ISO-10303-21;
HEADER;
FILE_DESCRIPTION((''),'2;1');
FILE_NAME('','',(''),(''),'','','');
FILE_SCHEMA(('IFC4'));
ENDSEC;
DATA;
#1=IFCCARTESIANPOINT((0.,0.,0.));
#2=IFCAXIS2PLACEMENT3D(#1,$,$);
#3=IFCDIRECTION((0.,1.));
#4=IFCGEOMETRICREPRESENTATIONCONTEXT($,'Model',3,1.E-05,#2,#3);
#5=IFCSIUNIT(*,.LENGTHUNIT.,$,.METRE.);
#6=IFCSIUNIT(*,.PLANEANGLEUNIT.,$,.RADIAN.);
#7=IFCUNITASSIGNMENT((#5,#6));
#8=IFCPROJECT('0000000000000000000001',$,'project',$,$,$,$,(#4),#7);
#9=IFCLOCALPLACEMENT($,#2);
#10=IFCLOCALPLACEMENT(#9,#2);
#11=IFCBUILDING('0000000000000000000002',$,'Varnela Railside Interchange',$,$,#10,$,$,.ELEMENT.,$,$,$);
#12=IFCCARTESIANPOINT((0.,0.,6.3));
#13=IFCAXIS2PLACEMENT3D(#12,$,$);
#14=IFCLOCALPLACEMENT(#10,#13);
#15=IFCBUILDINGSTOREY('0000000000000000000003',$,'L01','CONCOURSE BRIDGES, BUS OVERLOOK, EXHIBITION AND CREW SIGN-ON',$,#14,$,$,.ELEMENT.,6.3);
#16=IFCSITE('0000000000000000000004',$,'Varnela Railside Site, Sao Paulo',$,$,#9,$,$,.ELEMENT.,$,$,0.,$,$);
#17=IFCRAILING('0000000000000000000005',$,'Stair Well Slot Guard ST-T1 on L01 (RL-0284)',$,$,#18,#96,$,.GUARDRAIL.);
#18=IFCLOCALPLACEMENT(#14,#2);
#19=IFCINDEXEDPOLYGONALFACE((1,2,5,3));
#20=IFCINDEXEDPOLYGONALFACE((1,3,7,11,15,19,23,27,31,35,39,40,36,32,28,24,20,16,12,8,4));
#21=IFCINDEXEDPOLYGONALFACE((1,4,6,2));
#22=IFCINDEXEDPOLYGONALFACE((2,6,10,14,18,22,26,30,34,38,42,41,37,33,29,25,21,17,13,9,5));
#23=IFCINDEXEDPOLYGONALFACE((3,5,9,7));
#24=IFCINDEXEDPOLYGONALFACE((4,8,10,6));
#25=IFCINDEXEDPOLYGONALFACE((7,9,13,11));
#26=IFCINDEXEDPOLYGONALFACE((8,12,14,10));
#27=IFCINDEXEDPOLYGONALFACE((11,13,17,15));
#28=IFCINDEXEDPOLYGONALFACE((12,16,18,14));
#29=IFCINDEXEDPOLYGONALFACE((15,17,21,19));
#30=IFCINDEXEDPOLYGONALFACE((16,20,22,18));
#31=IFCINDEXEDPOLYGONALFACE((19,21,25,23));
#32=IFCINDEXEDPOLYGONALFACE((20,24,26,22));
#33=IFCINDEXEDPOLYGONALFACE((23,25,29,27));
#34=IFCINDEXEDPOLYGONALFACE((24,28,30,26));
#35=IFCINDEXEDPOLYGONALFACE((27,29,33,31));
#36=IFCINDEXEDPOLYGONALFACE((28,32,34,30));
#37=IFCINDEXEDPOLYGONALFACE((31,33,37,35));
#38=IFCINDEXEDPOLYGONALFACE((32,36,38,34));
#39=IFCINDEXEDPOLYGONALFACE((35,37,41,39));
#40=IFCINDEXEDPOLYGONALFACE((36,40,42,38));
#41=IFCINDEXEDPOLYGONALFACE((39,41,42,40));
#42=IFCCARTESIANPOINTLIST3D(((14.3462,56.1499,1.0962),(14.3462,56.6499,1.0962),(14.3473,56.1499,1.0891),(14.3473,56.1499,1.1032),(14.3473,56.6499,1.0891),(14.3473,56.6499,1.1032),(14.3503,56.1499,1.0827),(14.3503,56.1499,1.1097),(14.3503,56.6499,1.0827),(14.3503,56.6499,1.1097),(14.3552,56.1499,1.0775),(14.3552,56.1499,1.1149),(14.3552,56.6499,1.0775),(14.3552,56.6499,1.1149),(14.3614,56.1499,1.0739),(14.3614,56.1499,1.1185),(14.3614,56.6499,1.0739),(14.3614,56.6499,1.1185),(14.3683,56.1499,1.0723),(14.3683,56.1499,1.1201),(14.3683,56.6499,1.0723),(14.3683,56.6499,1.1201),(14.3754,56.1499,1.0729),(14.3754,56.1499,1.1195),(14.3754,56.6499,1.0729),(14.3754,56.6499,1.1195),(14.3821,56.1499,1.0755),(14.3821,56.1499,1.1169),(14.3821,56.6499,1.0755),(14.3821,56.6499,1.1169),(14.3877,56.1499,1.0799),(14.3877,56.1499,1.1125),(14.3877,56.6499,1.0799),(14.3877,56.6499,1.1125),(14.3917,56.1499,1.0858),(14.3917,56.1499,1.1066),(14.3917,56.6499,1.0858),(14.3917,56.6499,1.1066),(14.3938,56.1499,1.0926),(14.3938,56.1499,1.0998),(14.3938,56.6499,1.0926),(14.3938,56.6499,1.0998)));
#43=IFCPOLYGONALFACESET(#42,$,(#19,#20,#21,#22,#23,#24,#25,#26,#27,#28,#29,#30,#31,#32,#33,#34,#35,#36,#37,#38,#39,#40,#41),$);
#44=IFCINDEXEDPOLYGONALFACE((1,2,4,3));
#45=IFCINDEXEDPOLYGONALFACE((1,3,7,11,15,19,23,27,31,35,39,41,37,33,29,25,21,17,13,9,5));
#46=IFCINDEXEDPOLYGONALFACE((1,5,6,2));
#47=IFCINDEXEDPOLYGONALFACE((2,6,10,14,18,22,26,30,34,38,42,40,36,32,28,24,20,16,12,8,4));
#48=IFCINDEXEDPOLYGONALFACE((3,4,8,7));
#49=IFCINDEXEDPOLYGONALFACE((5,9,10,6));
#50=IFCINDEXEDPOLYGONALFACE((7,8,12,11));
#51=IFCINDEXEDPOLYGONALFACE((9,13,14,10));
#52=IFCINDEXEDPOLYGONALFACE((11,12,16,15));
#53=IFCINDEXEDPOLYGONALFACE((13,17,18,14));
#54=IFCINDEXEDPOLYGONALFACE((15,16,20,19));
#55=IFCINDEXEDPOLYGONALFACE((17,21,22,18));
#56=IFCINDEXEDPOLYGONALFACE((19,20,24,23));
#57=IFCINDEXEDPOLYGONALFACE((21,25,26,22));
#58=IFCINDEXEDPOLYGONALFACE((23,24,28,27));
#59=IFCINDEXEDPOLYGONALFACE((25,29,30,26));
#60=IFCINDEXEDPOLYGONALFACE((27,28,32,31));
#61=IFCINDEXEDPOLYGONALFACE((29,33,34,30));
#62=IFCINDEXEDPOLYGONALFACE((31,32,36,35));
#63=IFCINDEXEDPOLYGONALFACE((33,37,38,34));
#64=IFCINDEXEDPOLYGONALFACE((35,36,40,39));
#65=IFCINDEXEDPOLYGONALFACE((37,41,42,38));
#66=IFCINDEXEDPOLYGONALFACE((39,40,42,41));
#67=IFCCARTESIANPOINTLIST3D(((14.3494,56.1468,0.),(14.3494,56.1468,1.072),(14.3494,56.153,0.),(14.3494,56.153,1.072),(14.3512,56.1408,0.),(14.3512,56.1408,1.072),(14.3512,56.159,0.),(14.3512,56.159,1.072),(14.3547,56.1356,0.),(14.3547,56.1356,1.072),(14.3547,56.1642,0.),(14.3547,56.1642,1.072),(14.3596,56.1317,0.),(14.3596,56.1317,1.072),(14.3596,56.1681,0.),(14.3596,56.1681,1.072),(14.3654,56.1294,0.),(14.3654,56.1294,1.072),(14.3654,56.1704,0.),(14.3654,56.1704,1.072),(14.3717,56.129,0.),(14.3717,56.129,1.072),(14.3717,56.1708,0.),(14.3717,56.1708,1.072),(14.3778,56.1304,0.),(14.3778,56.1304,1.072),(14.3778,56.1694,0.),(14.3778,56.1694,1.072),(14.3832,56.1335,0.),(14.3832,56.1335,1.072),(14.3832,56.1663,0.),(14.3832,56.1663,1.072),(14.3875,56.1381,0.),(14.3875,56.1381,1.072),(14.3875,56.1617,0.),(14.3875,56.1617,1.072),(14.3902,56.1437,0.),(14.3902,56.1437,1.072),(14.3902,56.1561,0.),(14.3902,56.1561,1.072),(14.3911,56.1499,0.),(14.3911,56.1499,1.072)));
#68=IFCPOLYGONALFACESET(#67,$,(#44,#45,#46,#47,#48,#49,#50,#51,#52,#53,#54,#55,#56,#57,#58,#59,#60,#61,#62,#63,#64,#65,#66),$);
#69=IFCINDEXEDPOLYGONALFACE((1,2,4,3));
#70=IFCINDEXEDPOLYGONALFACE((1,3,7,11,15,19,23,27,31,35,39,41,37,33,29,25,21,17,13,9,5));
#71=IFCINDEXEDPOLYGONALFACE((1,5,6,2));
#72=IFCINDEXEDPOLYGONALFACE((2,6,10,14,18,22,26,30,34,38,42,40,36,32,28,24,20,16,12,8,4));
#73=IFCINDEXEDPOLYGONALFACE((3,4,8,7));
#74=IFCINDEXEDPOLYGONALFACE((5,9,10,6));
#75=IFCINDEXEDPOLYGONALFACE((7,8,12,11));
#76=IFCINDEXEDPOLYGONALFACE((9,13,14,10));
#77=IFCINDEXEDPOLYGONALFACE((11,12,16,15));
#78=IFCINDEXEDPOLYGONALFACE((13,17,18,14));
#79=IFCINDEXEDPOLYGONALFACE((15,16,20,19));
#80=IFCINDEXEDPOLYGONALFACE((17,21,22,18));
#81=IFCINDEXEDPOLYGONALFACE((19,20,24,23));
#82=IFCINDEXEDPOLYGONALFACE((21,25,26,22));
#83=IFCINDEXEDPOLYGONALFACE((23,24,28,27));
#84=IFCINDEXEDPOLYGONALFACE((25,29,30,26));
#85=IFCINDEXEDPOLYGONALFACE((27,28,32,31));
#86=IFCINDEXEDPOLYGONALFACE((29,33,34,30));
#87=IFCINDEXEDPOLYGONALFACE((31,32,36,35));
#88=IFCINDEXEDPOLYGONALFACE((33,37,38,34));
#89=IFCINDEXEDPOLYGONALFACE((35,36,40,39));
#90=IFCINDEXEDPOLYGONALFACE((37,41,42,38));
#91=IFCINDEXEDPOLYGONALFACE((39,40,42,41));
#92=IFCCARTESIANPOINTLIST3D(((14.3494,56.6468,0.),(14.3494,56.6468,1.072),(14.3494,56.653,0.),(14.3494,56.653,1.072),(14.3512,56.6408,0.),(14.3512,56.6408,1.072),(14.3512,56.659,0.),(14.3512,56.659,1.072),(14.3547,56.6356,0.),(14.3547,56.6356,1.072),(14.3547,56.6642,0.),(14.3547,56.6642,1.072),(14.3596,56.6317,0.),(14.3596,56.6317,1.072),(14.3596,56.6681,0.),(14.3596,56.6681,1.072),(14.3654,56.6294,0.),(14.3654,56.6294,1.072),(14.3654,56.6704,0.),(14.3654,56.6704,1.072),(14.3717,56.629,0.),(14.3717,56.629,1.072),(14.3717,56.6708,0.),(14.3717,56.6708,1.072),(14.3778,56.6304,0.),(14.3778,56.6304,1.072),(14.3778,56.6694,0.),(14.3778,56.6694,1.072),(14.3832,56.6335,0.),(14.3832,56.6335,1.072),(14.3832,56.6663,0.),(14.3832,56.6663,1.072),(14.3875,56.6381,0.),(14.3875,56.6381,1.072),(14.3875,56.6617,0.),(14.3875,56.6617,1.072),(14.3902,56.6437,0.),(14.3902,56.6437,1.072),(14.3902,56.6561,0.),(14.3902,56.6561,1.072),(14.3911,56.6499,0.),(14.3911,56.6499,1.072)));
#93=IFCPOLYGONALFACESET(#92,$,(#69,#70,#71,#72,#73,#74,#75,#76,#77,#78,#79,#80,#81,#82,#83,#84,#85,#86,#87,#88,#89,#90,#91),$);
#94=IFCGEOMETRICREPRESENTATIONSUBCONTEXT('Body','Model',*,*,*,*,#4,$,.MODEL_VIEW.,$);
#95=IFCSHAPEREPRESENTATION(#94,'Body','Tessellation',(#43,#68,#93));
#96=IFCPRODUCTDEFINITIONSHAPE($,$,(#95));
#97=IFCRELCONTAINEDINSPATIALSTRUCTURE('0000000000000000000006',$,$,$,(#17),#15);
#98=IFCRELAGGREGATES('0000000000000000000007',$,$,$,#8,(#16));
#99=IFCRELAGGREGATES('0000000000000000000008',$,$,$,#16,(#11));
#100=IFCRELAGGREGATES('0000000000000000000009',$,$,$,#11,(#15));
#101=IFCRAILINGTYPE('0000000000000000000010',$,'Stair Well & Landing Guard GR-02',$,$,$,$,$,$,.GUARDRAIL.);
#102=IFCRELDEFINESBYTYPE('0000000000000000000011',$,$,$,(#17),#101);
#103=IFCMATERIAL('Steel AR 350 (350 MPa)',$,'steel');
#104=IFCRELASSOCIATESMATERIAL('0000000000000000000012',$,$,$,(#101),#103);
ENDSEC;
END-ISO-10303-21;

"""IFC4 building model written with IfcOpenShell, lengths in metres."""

from ifc_helpers import new_model, si_unit, direction, frame, origin, origin_2d, place, context, subcontext, project, spatial, circle, extrude, material, type_object, element, save


model = new_model("IFC4")

# Units and contexts
model_context = context("Model", 3, precision=1e-05, world=origin(), true_north=direction((0.0, 1.0)))
body_context = subcontext(model_context, "Body", "Model", "MODEL_VIEW")
ifc_project = project(units=[si_unit("LENGTHUNIT", "METRE"), si_unit("PLANEANGLEUNIT", "RADIAN")], contexts=[model_context])

# Site, building, storey
site_placement = place(None, origin())
site = spatial("IfcSite", under=ifc_project, at=site_placement, Name="Varnela Railside Site, Sao Paulo", CompositionType="ELEMENT", RefElevation=0.0)
building_placement = place(site_placement, origin())
building = spatial("IfcBuilding", under=site, at=building_placement, Name="Varnela Railside Interchange", CompositionType="ELEMENT")
storey_placement = place(building_placement, frame((0.0, 0.0, 6.3)))
storey = spatial("IfcBuildingStorey", under=building, at=storey_placement, Name="L01", Description="CONCOURSE BRIDGES, BUS OVERLOOK, EXHIBITION AND CREW SIGN-ON", CompositionType="ELEMENT", Elevation=6.3)

# Railing
ifc_material_1 = material(Name="Steel AR 350 (350 MPa)", Category="steel")
railing_type_1 = type_object("IfcRailingType", Name="Stair Well & Landing Guard GR-02", PredefinedType="GUARDRAIL", material=ifc_material_1)
railing_1_placement = place(storey_placement, frame((14.3701, 56.1499, 0.0)))
element("IfcRailing", 1, at=railing_1_placement, inside=storey, type_object=railing_type_1, Name="Stair Well Slot Guard ST-T1 on L01 (RL-0284)", PredefinedType="GUARDRAIL", context=body_context, shape_type="SweptSolid", body=[
    extrude(circle(Radius=0.0239, at=origin_2d()), frame((0.0, 0.0, 1.0962), z_axis=(0.0, 1.0, 0.0), x_axis=(-1.0, 0.0, 0.0)), (0.0, 0.0, 1.0), 0.5),
    extrude(circle(Radius=0.021, at=origin_2d()), origin(), (0.0, 0.0, 1.0), 1.072),
    extrude(circle(Radius=0.021, at=origin_2d()), frame((0.0, 0.5, 0.0)), (0.0, 0.0, 1.0), 1.072),
])

save(model, "model.ifc")
